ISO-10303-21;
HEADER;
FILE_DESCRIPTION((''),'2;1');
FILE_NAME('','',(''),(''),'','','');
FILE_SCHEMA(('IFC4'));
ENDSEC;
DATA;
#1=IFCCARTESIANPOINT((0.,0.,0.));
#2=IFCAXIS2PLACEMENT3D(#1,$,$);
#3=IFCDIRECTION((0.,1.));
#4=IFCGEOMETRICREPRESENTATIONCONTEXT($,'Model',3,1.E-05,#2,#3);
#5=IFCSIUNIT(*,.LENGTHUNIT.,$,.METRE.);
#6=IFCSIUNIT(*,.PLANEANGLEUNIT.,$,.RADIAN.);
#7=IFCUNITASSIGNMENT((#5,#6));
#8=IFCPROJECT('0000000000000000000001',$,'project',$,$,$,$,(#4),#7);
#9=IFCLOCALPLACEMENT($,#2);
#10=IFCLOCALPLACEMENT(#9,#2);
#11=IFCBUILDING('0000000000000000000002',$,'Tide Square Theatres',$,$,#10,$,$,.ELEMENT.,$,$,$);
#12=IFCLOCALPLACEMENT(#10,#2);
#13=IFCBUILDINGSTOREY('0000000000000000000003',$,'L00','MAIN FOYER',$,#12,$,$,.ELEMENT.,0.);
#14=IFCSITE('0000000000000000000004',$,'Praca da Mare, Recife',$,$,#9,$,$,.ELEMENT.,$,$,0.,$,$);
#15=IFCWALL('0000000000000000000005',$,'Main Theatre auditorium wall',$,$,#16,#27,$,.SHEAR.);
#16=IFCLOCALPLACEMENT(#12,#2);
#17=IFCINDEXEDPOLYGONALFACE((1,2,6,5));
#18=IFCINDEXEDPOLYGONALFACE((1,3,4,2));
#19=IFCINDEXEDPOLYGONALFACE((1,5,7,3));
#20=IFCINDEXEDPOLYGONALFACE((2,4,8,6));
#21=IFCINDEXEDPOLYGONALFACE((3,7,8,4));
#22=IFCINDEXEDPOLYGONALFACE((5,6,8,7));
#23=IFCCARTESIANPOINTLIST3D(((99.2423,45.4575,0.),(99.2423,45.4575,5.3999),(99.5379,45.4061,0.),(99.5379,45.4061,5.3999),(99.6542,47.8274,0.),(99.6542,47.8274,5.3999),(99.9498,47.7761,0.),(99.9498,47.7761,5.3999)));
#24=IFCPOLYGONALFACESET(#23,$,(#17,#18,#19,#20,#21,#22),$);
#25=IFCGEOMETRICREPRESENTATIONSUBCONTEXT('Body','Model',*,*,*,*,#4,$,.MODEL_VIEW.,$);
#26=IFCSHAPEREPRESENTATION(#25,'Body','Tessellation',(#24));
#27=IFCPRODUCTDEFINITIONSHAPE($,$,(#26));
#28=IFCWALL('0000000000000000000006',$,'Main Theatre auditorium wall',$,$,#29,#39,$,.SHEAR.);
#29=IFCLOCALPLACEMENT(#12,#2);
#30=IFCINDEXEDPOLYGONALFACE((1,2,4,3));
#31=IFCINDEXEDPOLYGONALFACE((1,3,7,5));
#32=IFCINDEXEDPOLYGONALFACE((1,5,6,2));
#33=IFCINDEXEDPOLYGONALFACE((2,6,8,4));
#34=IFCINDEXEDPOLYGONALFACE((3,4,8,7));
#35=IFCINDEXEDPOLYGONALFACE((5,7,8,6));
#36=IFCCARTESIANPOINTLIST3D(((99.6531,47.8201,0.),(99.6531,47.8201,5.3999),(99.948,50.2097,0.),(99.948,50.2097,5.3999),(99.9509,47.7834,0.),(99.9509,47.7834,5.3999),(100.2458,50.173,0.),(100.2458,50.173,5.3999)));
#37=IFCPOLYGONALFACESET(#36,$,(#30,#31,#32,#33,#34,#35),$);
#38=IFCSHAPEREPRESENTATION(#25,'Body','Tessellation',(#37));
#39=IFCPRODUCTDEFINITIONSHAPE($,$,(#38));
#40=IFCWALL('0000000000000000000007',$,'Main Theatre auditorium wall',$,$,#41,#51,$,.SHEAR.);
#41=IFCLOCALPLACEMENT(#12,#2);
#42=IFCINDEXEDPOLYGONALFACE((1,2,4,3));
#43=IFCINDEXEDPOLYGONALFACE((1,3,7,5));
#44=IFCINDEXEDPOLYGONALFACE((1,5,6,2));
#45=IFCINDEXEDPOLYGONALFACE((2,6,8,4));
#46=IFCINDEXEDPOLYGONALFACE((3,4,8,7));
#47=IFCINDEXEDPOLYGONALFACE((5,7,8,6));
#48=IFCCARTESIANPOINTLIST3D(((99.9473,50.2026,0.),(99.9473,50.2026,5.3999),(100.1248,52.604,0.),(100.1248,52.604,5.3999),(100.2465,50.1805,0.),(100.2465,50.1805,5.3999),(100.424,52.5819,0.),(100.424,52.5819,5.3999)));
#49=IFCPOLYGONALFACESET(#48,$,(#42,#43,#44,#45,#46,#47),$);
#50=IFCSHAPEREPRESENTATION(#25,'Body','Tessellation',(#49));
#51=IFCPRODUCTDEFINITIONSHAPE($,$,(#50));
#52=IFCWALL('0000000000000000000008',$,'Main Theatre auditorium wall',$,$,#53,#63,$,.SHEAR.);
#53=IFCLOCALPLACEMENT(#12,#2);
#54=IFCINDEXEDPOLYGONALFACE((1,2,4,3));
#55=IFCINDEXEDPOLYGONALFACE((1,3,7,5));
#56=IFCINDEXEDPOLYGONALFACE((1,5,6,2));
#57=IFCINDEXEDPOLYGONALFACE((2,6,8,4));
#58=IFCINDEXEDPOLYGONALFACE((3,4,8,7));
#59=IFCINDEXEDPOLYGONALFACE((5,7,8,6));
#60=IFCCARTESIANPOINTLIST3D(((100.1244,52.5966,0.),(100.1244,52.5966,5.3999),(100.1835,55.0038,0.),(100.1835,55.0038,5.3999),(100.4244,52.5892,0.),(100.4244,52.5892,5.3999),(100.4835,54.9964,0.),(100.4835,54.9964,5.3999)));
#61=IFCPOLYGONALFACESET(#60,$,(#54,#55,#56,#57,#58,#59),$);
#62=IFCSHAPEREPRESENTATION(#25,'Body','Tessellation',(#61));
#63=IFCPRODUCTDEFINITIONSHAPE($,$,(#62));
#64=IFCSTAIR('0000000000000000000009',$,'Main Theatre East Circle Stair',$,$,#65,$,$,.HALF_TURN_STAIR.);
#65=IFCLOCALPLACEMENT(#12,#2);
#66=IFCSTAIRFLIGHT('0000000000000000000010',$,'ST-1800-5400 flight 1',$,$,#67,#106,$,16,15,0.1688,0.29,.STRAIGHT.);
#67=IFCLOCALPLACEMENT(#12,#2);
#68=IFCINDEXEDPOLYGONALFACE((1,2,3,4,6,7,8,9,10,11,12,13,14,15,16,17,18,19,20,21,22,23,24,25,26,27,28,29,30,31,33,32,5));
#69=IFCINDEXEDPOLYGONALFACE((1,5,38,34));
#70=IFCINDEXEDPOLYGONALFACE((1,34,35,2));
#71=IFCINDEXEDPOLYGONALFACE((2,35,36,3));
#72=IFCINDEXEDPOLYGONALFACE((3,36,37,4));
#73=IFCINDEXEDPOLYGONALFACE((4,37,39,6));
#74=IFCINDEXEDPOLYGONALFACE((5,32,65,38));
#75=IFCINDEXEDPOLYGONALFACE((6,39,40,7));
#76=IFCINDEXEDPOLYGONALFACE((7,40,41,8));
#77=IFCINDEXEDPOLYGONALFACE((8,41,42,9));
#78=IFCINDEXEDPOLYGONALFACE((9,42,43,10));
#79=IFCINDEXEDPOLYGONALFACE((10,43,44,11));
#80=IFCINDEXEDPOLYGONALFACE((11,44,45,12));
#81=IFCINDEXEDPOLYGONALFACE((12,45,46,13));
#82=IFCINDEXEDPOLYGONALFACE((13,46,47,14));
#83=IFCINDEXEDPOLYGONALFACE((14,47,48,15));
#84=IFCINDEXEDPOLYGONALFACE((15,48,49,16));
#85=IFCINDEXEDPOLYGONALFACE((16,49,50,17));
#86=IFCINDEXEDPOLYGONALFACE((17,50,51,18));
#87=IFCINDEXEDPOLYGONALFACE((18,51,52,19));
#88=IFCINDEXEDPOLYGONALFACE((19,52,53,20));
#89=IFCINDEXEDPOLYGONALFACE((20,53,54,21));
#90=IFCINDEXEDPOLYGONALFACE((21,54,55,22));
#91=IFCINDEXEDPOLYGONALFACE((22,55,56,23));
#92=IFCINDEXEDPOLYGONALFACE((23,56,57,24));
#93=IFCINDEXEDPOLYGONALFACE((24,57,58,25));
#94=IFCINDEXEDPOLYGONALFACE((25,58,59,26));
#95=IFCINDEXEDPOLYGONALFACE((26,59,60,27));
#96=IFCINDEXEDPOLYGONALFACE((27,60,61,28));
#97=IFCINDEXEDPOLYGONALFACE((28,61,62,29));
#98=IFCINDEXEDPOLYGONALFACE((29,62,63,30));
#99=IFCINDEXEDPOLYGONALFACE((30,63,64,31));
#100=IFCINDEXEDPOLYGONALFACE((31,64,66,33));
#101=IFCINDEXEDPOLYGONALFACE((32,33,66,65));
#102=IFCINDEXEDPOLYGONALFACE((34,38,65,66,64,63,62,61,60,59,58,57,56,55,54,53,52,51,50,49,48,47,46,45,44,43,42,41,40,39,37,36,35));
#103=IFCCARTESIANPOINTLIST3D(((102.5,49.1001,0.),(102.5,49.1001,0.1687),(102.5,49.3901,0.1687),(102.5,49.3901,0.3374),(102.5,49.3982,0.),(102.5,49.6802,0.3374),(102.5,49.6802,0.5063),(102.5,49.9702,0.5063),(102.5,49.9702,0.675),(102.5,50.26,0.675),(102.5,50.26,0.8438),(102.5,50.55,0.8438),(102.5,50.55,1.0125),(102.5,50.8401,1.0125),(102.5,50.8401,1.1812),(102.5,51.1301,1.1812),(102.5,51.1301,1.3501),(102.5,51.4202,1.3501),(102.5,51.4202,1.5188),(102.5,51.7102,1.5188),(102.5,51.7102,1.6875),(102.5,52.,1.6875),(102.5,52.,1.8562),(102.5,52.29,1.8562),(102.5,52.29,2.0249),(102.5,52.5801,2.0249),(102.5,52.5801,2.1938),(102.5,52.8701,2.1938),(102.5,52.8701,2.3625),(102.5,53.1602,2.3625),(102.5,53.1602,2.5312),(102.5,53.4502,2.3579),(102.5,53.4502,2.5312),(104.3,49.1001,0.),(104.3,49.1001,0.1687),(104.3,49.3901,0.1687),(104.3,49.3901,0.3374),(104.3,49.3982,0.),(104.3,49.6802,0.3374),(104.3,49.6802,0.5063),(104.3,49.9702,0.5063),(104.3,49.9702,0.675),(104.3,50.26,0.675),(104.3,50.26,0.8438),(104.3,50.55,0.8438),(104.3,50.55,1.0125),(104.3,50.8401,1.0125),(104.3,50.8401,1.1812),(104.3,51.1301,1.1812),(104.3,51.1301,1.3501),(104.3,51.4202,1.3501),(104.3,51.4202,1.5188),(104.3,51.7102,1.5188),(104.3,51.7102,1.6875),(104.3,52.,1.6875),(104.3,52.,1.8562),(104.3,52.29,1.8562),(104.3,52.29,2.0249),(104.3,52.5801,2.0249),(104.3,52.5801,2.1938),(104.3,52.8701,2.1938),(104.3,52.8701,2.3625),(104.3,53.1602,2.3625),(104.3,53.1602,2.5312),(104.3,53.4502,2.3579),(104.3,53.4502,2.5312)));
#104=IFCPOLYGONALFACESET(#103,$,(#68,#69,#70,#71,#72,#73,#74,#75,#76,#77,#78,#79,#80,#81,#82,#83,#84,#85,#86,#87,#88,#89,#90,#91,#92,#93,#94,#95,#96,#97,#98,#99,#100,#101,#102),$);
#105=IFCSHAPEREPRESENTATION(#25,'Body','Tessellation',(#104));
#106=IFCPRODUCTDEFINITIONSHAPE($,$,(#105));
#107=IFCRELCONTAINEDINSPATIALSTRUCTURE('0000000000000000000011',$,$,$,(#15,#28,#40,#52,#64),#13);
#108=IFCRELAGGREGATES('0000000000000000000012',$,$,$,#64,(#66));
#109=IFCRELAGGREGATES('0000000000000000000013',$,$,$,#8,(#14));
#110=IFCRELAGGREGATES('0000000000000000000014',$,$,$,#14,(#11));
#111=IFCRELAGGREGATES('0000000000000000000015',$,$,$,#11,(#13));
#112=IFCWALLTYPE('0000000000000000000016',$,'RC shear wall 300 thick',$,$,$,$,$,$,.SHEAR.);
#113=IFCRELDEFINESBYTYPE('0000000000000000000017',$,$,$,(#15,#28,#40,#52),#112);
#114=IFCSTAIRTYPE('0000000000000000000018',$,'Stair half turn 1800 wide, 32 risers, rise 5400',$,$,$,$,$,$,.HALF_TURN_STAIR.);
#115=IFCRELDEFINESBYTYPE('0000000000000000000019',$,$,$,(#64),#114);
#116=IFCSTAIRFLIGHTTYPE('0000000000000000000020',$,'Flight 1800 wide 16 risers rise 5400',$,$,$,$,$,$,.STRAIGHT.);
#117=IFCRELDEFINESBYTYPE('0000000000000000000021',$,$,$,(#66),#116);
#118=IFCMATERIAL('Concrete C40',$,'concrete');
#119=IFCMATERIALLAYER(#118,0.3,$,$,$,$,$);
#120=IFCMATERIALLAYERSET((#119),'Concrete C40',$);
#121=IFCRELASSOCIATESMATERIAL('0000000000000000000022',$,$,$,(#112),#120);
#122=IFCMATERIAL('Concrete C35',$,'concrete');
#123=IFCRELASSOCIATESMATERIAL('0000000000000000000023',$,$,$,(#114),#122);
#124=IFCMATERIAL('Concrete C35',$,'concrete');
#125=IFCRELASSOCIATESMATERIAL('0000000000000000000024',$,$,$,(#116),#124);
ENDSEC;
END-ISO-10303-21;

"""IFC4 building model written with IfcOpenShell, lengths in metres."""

from ifc_helpers import new_model, si_unit, direction, frame, frame_2d, origin, place, context, subcontext, project, spatial, polyline, rectangle, outline, extrude, material, layer, layer_set, type_object, element, aggregate, save


model = new_model("IFC4")

# Units and contexts
model_context = context("Model", 3, precision=1e-05, world=origin(), true_north=direction((0.0, 1.0)))
body_context = subcontext(model_context, "Body", "Model", "MODEL_VIEW")
ifc_project = project(units=[si_unit("LENGTHUNIT", "METRE"), si_unit("PLANEANGLEUNIT", "RADIAN")], contexts=[model_context])

# Site, building, storey
site_placement = place(None, origin())
site = spatial("IfcSite", under=ifc_project, at=site_placement, Name="Praca da Mare, Recife", CompositionType="ELEMENT", RefElevation=0.0)
building_placement = place(site_placement, origin())
building = spatial("IfcBuilding", under=site, at=building_placement, Name="Tide Square Theatres", CompositionType="ELEMENT")
storey_placement = place(building_placement, origin())
storey = spatial("IfcBuildingStorey", under=building, at=storey_placement, Name="L00", Description="MAIN FOYER", CompositionType="ELEMENT", Elevation=0.0)

# Walls
ifc_material_1 = material(Name="Concrete C40", Category="concrete")
ifc_layer_1 = layer(ifc_material_1, 0.3)
ifc_layer_set_1 = layer_set([ifc_layer_1], Name="Concrete C40")
wall_type_1 = type_object("IfcWallType", Name="RC shear wall 300 thick", PredefinedType="SHEAR", material=ifc_layer_set_1)
wall_1_placement = place(storey_placement, frame((99.3901, 45.4319, 0.0), z_axis=(0.0, 0.0, 1.0), x_axis=(0.171226, 0.985232, 0.0)))
element("IfcWall", 1, at=wall_1_placement, inside=storey, type_object=wall_type_1, Name="Main Theatre auditorium wall", PredefinedType="SHEAR", context=body_context, shape_type="SweptSolid", body=[
    extrude(rectangle(XDim=2.4055, YDim=0.3, at=frame_2d((1.2026, 0.0))), origin(), (0.0, 0.0, 1.0), 5.3999),
])
wall_2_placement = place(storey_placement, frame((99.802, 47.8018, 0.0), z_axis=(0.0, 0.0, 1.0), x_axis=(0.122487, 0.99247, 0.0)))
element("IfcWall", 2, at=wall_2_placement, inside=storey, type_object=wall_type_1, Name="Main Theatre auditorium wall", PredefinedType="SHEAR", context=body_context, shape_type="SweptSolid", body=[
    extrude(rectangle(XDim=2.4077, YDim=0.3, at=frame_2d((1.2039, 0.0))), origin(), (0.0, 0.0, 1.0), 5.3999),
])
for number, where, z_axis, x_axis, name in (
    (3, (100.0969, 50.1914, 0.0), (0.0, 0.0, 1.0), (0.073711, 0.99728, 0.0), "Main Theatre auditorium wall"),
    (4, (100.2744, 52.5928, 0.0), (0.0, 0.0, 1.0), (0.024536, 0.999699, 0.0), "Main Theatre auditorium wall"),
):
    element("IfcWall", number, at=place(storey_placement, frame(where, z_axis=z_axis, x_axis=x_axis)), inside=storey, type_object=wall_type_1, Name=name, PredefinedType="SHEAR", context=body_context, shape_type="SweptSolid", body=[
        extrude(rectangle(XDim=2.408, YDim=0.3, at=frame_2d((1.2041, 0.0))), origin(), (0.0, 0.0, 1.0), 5.3999),
    ])

# Stair, stair flight
ifc_material_2 = material(Name="Concrete C35", Category="concrete")
stair_type = type_object("IfcStairType", Name="Stair half turn 1800 wide, 32 risers, rise 5400", PredefinedType="HALF_TURN_STAIR", material=ifc_material_2)
stair_placement = place(storey_placement, origin())
stair = element("IfcStair", 5, at=stair_placement, inside=storey, type_object=stair_type, Name="Main Theatre East Circle Stair", PredefinedType="HALF_TURN_STAIR")
ifc_material_3 = material(Name="Concrete C35", Category="concrete")
stair_flight_type = type_object("IfcStairFlightType", Name="Flight 1800 wide 16 risers rise 5400", PredefinedType="STRAIGHT", material=ifc_material_3)
stair_flight_placement = place(storey_placement, frame((103.3999, 49.1001, 0.0), z_axis=(0.0, 0.0, 1.0), x_axis=(0.0, 1.0, 0.0)))
stair_flight = element("IfcStairFlight", 6, at=stair_flight_placement, type_object=stair_flight_type, Name="ST-1800-5400 flight 1", NumberOfRisers=16, NumberOfTreads=15, PredefinedType="STRAIGHT", RiserHeight=0.1688, TreadLength=0.29, context=body_context, shape_type="SweptSolid", body=[
    extrude(outline(polyline([(0.0, 0.0), (0.0, 0.1687), (0.29, 0.1687), (0.29, 0.3374), (0.5801, 0.3374), (0.5801, 0.5063), (0.8701, 0.5063), (0.8701, 0.675), (1.1599, 0.675), (1.1599, 0.8438), (1.45, 0.8438), (1.45, 1.0125), (1.74, 1.0125), (1.74, 1.1812), (2.03, 1.1812), (2.03, 1.3501), (2.3201, 1.3501), (2.3201, 1.5188), (2.6101, 1.5188), (2.6101, 1.6875), (2.8999, 1.6875), (2.8999, 1.8562), (3.1899, 1.8562), (3.1899, 2.0249), (3.48, 2.0249), (3.48, 2.1938), (3.77, 2.1938), (3.77, 2.3625), (4.0601, 2.3625), (4.0601, 2.5312), (4.3501, 2.5312), (4.3501, 2.7), (4.3501, 2.3579), (0.2981, 0.0), (0.0, 0.0)])), frame((0.0, 0.8999, 0.0), z_axis=(0.0, -1.0, 0.0), x_axis=(1.0, 0.0, 0.0)), (0.0, 0.0, 1.0), 1.8),
])
aggregate(stair, [stair_flight])

save(model, "model.ifc")
